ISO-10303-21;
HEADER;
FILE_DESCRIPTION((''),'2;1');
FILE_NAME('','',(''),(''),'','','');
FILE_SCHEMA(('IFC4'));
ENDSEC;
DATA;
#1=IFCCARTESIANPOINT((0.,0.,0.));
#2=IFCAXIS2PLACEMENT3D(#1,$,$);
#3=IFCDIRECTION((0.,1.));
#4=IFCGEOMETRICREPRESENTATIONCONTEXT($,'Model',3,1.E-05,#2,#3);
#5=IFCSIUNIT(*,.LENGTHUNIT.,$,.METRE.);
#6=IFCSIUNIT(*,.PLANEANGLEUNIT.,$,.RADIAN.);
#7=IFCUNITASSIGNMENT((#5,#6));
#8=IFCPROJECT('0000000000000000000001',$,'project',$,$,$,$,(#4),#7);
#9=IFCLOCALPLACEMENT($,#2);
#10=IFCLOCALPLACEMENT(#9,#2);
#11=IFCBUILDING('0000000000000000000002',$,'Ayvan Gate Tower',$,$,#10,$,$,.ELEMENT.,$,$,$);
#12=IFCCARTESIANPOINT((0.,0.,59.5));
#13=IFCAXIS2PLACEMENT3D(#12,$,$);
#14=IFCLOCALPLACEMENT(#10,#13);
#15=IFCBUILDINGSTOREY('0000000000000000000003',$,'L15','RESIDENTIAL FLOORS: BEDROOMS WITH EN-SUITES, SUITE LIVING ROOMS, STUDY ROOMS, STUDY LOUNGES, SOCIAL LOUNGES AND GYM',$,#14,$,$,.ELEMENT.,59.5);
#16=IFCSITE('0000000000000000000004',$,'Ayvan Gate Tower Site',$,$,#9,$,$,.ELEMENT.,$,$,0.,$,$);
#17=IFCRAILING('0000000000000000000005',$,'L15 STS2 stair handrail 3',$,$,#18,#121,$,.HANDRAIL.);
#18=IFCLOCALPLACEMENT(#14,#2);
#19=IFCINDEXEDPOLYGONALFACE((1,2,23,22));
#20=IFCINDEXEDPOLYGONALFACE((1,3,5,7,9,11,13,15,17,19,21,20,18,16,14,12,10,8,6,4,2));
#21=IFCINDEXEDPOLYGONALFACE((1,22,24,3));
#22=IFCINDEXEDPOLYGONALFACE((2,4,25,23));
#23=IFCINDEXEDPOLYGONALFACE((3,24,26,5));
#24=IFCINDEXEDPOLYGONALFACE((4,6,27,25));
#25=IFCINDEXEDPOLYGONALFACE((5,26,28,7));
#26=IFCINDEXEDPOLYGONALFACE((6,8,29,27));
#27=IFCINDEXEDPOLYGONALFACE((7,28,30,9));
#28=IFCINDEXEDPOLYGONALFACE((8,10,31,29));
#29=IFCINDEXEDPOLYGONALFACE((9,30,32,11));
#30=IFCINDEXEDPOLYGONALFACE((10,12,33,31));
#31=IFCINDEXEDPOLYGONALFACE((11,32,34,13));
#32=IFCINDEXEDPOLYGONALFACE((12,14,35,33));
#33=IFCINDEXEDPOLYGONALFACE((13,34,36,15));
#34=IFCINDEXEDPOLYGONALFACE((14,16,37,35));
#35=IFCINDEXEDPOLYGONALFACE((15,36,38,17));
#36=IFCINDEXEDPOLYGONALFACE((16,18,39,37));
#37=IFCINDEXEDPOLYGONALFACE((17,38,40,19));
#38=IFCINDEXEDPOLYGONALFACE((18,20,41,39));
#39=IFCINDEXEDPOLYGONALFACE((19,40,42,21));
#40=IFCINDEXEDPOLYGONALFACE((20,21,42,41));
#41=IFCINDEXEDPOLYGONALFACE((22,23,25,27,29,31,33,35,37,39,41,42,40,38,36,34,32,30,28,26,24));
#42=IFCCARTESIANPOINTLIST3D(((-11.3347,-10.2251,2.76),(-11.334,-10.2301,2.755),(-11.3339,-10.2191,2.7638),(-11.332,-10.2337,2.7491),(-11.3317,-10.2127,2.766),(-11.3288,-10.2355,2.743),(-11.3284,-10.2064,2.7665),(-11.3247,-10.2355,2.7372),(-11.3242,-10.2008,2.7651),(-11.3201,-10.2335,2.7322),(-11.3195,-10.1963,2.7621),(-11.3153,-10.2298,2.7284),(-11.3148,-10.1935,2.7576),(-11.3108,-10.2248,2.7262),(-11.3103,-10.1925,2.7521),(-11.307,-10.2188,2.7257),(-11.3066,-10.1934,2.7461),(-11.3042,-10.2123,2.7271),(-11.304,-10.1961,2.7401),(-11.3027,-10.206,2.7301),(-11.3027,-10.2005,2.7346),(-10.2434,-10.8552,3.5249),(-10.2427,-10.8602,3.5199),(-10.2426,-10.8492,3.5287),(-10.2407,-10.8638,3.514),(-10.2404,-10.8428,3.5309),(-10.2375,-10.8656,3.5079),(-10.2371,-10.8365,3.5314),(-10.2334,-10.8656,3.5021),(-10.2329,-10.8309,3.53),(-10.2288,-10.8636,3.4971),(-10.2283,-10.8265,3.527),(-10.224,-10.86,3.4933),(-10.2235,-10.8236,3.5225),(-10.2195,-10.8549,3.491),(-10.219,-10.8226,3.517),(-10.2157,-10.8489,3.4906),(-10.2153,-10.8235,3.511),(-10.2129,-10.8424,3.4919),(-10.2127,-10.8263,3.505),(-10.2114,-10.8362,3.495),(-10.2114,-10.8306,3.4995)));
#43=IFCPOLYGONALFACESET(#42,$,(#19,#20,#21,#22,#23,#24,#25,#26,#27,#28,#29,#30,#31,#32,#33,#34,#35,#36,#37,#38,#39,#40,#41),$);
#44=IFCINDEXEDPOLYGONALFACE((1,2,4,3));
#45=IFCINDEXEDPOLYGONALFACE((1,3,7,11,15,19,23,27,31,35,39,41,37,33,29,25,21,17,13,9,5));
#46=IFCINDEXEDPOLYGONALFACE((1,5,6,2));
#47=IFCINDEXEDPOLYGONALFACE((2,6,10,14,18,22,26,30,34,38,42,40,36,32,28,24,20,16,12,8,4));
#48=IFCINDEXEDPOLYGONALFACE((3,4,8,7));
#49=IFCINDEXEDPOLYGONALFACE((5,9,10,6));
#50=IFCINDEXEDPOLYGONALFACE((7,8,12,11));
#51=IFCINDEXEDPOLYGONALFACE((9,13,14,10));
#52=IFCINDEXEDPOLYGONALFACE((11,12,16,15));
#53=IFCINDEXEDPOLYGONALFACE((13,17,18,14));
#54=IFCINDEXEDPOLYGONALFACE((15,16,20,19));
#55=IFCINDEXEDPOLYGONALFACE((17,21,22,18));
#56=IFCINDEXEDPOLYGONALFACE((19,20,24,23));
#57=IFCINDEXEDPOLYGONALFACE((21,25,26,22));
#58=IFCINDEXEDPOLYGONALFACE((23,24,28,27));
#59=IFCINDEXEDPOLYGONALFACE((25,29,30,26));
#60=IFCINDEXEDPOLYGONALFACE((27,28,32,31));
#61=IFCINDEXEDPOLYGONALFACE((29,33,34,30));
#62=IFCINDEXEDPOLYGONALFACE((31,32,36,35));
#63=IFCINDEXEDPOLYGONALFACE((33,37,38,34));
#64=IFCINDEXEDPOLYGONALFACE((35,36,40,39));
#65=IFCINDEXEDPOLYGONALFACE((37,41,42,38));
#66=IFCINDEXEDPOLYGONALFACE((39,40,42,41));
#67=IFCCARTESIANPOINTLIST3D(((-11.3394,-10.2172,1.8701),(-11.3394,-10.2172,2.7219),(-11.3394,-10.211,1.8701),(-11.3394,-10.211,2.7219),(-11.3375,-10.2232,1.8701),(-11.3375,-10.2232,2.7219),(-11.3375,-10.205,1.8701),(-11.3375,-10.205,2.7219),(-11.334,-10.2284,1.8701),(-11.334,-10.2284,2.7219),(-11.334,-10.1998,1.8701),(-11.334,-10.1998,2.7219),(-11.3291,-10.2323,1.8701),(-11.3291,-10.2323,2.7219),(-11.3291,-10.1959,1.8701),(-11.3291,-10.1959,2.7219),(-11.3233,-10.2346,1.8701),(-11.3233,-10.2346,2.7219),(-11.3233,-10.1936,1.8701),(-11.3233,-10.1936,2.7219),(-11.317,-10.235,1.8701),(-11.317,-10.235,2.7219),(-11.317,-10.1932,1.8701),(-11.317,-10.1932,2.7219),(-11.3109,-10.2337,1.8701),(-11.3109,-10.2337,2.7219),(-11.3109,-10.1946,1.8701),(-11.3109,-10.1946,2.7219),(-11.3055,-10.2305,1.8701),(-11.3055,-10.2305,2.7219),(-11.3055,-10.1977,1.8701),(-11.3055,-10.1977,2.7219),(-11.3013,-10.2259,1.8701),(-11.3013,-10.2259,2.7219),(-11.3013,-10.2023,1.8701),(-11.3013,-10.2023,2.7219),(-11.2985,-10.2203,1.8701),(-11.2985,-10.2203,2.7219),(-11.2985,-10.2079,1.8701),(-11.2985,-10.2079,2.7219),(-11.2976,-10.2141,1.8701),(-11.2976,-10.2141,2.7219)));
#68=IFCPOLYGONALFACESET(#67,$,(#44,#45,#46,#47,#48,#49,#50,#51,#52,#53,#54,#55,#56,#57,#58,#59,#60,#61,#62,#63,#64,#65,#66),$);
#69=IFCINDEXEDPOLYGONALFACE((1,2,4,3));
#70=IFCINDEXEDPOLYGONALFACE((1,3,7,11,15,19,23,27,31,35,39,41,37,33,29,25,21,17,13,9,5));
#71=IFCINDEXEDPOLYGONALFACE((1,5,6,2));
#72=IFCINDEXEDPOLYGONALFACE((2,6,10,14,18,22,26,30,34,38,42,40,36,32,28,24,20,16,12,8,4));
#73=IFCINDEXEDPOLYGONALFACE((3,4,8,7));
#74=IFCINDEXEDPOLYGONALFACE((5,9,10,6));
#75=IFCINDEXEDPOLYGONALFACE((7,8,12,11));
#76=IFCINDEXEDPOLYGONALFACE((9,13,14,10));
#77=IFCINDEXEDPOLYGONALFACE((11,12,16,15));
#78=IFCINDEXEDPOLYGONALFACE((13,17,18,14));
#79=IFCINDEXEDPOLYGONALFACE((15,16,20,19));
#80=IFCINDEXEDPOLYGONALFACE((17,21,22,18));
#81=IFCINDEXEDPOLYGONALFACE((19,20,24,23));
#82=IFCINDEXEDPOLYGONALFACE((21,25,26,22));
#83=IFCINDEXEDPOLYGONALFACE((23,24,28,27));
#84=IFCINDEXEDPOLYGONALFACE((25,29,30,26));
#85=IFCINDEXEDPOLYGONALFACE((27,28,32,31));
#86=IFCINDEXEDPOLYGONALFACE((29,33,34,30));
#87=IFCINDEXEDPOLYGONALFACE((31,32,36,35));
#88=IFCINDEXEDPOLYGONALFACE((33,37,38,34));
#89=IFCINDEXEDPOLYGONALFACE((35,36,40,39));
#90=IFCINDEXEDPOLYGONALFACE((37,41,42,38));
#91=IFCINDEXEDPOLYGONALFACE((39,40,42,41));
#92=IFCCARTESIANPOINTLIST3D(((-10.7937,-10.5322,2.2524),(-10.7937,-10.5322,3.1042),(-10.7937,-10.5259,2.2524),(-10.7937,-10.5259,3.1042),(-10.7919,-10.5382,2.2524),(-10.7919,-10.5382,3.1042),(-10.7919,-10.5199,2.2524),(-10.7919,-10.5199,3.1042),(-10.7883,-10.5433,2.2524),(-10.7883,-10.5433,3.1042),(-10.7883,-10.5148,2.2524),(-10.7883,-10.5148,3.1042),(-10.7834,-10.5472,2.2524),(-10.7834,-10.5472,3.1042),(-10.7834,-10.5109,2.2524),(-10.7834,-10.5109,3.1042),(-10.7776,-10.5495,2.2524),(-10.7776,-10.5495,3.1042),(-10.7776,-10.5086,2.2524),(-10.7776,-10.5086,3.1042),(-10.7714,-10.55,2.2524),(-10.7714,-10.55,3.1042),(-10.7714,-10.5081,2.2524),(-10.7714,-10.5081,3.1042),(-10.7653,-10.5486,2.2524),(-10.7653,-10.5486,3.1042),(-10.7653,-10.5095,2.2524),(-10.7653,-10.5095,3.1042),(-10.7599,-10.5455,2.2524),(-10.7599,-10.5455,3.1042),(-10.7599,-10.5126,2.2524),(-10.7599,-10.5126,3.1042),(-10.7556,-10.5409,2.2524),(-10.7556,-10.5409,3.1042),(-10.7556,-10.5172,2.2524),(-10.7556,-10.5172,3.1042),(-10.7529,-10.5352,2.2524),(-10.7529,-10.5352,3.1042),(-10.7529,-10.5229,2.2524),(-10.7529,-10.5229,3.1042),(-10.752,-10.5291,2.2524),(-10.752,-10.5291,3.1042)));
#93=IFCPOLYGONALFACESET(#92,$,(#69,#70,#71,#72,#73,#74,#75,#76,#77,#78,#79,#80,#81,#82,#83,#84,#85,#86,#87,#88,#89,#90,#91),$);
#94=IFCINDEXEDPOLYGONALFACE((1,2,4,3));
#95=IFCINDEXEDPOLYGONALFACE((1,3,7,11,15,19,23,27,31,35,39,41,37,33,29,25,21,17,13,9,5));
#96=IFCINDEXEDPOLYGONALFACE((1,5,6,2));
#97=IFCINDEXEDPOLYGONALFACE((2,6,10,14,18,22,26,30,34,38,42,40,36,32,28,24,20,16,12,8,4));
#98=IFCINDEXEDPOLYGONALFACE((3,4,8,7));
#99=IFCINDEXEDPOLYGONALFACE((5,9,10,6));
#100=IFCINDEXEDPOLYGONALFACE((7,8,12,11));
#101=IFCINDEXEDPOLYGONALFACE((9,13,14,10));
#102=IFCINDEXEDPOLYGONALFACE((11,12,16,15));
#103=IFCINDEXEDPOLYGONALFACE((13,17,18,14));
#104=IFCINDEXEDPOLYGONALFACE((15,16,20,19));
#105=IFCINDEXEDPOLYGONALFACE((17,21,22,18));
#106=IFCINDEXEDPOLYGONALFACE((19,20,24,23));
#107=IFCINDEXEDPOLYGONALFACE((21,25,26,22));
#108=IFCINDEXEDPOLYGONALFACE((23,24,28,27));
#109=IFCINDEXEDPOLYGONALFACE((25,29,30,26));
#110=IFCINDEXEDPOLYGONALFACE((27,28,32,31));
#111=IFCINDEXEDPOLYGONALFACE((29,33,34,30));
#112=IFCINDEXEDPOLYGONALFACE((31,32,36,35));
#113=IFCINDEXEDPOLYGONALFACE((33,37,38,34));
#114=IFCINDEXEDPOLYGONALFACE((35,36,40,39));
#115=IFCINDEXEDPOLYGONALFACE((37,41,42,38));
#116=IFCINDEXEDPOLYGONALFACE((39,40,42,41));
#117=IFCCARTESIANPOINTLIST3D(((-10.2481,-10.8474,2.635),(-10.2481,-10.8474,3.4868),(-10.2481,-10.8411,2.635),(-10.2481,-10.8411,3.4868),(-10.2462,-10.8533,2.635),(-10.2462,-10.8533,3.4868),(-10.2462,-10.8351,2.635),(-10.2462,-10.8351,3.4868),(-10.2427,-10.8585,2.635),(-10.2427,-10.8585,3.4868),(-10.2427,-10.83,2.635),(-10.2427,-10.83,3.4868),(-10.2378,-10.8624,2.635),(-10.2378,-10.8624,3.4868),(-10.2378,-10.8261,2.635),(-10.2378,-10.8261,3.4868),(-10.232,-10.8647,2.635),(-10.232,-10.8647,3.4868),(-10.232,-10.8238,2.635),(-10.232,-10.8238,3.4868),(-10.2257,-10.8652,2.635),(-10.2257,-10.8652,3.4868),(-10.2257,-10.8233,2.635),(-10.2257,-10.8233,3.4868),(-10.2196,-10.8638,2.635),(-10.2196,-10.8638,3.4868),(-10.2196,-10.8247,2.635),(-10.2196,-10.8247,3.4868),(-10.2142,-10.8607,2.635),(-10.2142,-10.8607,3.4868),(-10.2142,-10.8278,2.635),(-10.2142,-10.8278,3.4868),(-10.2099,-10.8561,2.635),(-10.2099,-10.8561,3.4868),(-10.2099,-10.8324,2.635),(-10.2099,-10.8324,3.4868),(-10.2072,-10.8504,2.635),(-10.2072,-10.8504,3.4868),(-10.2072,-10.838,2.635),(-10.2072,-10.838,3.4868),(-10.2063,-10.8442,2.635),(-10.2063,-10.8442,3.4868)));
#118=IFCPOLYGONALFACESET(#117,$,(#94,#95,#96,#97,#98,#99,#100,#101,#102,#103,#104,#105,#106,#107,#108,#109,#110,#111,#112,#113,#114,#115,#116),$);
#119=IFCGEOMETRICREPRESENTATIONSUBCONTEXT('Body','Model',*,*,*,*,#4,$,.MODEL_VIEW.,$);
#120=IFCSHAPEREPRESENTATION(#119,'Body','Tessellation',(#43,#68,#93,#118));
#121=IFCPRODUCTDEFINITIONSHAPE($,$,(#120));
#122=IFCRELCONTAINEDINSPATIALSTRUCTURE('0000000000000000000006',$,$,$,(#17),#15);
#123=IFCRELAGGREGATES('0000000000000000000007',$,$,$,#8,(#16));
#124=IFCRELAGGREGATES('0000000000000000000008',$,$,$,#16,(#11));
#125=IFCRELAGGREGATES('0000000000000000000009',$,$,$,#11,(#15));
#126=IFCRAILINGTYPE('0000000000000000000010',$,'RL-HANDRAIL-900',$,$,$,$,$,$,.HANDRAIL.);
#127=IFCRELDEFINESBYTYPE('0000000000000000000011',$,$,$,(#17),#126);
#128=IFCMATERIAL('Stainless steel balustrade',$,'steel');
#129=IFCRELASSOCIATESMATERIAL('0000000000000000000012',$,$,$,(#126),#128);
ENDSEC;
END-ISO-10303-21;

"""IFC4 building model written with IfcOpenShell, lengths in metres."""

from ifc_helpers import new_model, si_unit, direction, frame, origin, origin_2d, place, context, subcontext, project, spatial, circle, extrude, material, type_object, element, save


model = new_model("IFC4")

# Units and contexts
model_context = context("Model", 3, precision=1e-05, world=origin(), true_north=direction((0.0, 1.0)))
body_context = subcontext(model_context, "Body", "Model", "MODEL_VIEW")
ifc_project = project(units=[si_unit("LENGTHUNIT", "METRE"), si_unit("PLANEANGLEUNIT", "RADIAN")], contexts=[model_context])

# Site, building, storey
site_placement = place(None, origin())
site = spatial("IfcSite", under=ifc_project, at=site_placement, Name="Ayvan Gate Tower Site", CompositionType="ELEMENT", RefElevation=0.0)
building_placement = place(site_placement, origin())
building = spatial("IfcBuilding", under=site, at=building_placement, Name="Ayvan Gate Tower", CompositionType="ELEMENT")
storey_placement = place(building_placement, frame((0.0, 0.0, 59.5)))
storey = spatial("IfcBuildingStorey", under=building, at=storey_placement, Name="L15", Description="RESIDENTIAL FLOORS: BEDROOMS WITH EN-SUITES, SUITE LIVING ROOMS, STUDY ROOMS, STUDY LOUNGES, SOCIAL LOUNGES AND GYM", CompositionType="ELEMENT", Elevation=59.5)

# Railing
ifc_material_1 = material(Name="Stainless steel balustrade", Category="steel")
railing_type_1 = type_object("IfcRailingType", Name="RL-HANDRAIL-900", PredefinedType="HANDRAIL", material=ifc_material_1)
railing_1_placement = place(storey_placement, frame((-11.3186, -10.2141, 1.8701)))
element("IfcRailing", 1, at=railing_1_placement, inside=storey, type_object=railing_type_1, Name="L15 STS2 stair handrail 3", PredefinedType="HANDRAIL", context=body_context, shape_type="SweptSolid", body=[
    extrude(circle(Radius=0.0239, at=origin_2d()), frame((0.0, 0.0, 0.876), z_axis=(0.740304, -0.427455, 0.518875), x_axis=(0.500035, 0.866005, 0.0)), (0.0, 0.0, 1.0), 1.4741),
    extrude(circle(Radius=0.021, at=origin_2d()), origin(), (0.0, 0.0, 1.0), 0.8518),
    extrude(circle(Radius=0.021, at=origin_2d()), frame((0.5457, -0.3149, 0.3823)), (0.0, 0.0, 1.0), 0.8518),
    extrude(circle(Radius=0.021, at=origin_2d()), frame((1.0913, -0.6301, 0.7649)), (0.0, 0.0, 1.0), 0.8518),
])

save(model, "model.ifc")
